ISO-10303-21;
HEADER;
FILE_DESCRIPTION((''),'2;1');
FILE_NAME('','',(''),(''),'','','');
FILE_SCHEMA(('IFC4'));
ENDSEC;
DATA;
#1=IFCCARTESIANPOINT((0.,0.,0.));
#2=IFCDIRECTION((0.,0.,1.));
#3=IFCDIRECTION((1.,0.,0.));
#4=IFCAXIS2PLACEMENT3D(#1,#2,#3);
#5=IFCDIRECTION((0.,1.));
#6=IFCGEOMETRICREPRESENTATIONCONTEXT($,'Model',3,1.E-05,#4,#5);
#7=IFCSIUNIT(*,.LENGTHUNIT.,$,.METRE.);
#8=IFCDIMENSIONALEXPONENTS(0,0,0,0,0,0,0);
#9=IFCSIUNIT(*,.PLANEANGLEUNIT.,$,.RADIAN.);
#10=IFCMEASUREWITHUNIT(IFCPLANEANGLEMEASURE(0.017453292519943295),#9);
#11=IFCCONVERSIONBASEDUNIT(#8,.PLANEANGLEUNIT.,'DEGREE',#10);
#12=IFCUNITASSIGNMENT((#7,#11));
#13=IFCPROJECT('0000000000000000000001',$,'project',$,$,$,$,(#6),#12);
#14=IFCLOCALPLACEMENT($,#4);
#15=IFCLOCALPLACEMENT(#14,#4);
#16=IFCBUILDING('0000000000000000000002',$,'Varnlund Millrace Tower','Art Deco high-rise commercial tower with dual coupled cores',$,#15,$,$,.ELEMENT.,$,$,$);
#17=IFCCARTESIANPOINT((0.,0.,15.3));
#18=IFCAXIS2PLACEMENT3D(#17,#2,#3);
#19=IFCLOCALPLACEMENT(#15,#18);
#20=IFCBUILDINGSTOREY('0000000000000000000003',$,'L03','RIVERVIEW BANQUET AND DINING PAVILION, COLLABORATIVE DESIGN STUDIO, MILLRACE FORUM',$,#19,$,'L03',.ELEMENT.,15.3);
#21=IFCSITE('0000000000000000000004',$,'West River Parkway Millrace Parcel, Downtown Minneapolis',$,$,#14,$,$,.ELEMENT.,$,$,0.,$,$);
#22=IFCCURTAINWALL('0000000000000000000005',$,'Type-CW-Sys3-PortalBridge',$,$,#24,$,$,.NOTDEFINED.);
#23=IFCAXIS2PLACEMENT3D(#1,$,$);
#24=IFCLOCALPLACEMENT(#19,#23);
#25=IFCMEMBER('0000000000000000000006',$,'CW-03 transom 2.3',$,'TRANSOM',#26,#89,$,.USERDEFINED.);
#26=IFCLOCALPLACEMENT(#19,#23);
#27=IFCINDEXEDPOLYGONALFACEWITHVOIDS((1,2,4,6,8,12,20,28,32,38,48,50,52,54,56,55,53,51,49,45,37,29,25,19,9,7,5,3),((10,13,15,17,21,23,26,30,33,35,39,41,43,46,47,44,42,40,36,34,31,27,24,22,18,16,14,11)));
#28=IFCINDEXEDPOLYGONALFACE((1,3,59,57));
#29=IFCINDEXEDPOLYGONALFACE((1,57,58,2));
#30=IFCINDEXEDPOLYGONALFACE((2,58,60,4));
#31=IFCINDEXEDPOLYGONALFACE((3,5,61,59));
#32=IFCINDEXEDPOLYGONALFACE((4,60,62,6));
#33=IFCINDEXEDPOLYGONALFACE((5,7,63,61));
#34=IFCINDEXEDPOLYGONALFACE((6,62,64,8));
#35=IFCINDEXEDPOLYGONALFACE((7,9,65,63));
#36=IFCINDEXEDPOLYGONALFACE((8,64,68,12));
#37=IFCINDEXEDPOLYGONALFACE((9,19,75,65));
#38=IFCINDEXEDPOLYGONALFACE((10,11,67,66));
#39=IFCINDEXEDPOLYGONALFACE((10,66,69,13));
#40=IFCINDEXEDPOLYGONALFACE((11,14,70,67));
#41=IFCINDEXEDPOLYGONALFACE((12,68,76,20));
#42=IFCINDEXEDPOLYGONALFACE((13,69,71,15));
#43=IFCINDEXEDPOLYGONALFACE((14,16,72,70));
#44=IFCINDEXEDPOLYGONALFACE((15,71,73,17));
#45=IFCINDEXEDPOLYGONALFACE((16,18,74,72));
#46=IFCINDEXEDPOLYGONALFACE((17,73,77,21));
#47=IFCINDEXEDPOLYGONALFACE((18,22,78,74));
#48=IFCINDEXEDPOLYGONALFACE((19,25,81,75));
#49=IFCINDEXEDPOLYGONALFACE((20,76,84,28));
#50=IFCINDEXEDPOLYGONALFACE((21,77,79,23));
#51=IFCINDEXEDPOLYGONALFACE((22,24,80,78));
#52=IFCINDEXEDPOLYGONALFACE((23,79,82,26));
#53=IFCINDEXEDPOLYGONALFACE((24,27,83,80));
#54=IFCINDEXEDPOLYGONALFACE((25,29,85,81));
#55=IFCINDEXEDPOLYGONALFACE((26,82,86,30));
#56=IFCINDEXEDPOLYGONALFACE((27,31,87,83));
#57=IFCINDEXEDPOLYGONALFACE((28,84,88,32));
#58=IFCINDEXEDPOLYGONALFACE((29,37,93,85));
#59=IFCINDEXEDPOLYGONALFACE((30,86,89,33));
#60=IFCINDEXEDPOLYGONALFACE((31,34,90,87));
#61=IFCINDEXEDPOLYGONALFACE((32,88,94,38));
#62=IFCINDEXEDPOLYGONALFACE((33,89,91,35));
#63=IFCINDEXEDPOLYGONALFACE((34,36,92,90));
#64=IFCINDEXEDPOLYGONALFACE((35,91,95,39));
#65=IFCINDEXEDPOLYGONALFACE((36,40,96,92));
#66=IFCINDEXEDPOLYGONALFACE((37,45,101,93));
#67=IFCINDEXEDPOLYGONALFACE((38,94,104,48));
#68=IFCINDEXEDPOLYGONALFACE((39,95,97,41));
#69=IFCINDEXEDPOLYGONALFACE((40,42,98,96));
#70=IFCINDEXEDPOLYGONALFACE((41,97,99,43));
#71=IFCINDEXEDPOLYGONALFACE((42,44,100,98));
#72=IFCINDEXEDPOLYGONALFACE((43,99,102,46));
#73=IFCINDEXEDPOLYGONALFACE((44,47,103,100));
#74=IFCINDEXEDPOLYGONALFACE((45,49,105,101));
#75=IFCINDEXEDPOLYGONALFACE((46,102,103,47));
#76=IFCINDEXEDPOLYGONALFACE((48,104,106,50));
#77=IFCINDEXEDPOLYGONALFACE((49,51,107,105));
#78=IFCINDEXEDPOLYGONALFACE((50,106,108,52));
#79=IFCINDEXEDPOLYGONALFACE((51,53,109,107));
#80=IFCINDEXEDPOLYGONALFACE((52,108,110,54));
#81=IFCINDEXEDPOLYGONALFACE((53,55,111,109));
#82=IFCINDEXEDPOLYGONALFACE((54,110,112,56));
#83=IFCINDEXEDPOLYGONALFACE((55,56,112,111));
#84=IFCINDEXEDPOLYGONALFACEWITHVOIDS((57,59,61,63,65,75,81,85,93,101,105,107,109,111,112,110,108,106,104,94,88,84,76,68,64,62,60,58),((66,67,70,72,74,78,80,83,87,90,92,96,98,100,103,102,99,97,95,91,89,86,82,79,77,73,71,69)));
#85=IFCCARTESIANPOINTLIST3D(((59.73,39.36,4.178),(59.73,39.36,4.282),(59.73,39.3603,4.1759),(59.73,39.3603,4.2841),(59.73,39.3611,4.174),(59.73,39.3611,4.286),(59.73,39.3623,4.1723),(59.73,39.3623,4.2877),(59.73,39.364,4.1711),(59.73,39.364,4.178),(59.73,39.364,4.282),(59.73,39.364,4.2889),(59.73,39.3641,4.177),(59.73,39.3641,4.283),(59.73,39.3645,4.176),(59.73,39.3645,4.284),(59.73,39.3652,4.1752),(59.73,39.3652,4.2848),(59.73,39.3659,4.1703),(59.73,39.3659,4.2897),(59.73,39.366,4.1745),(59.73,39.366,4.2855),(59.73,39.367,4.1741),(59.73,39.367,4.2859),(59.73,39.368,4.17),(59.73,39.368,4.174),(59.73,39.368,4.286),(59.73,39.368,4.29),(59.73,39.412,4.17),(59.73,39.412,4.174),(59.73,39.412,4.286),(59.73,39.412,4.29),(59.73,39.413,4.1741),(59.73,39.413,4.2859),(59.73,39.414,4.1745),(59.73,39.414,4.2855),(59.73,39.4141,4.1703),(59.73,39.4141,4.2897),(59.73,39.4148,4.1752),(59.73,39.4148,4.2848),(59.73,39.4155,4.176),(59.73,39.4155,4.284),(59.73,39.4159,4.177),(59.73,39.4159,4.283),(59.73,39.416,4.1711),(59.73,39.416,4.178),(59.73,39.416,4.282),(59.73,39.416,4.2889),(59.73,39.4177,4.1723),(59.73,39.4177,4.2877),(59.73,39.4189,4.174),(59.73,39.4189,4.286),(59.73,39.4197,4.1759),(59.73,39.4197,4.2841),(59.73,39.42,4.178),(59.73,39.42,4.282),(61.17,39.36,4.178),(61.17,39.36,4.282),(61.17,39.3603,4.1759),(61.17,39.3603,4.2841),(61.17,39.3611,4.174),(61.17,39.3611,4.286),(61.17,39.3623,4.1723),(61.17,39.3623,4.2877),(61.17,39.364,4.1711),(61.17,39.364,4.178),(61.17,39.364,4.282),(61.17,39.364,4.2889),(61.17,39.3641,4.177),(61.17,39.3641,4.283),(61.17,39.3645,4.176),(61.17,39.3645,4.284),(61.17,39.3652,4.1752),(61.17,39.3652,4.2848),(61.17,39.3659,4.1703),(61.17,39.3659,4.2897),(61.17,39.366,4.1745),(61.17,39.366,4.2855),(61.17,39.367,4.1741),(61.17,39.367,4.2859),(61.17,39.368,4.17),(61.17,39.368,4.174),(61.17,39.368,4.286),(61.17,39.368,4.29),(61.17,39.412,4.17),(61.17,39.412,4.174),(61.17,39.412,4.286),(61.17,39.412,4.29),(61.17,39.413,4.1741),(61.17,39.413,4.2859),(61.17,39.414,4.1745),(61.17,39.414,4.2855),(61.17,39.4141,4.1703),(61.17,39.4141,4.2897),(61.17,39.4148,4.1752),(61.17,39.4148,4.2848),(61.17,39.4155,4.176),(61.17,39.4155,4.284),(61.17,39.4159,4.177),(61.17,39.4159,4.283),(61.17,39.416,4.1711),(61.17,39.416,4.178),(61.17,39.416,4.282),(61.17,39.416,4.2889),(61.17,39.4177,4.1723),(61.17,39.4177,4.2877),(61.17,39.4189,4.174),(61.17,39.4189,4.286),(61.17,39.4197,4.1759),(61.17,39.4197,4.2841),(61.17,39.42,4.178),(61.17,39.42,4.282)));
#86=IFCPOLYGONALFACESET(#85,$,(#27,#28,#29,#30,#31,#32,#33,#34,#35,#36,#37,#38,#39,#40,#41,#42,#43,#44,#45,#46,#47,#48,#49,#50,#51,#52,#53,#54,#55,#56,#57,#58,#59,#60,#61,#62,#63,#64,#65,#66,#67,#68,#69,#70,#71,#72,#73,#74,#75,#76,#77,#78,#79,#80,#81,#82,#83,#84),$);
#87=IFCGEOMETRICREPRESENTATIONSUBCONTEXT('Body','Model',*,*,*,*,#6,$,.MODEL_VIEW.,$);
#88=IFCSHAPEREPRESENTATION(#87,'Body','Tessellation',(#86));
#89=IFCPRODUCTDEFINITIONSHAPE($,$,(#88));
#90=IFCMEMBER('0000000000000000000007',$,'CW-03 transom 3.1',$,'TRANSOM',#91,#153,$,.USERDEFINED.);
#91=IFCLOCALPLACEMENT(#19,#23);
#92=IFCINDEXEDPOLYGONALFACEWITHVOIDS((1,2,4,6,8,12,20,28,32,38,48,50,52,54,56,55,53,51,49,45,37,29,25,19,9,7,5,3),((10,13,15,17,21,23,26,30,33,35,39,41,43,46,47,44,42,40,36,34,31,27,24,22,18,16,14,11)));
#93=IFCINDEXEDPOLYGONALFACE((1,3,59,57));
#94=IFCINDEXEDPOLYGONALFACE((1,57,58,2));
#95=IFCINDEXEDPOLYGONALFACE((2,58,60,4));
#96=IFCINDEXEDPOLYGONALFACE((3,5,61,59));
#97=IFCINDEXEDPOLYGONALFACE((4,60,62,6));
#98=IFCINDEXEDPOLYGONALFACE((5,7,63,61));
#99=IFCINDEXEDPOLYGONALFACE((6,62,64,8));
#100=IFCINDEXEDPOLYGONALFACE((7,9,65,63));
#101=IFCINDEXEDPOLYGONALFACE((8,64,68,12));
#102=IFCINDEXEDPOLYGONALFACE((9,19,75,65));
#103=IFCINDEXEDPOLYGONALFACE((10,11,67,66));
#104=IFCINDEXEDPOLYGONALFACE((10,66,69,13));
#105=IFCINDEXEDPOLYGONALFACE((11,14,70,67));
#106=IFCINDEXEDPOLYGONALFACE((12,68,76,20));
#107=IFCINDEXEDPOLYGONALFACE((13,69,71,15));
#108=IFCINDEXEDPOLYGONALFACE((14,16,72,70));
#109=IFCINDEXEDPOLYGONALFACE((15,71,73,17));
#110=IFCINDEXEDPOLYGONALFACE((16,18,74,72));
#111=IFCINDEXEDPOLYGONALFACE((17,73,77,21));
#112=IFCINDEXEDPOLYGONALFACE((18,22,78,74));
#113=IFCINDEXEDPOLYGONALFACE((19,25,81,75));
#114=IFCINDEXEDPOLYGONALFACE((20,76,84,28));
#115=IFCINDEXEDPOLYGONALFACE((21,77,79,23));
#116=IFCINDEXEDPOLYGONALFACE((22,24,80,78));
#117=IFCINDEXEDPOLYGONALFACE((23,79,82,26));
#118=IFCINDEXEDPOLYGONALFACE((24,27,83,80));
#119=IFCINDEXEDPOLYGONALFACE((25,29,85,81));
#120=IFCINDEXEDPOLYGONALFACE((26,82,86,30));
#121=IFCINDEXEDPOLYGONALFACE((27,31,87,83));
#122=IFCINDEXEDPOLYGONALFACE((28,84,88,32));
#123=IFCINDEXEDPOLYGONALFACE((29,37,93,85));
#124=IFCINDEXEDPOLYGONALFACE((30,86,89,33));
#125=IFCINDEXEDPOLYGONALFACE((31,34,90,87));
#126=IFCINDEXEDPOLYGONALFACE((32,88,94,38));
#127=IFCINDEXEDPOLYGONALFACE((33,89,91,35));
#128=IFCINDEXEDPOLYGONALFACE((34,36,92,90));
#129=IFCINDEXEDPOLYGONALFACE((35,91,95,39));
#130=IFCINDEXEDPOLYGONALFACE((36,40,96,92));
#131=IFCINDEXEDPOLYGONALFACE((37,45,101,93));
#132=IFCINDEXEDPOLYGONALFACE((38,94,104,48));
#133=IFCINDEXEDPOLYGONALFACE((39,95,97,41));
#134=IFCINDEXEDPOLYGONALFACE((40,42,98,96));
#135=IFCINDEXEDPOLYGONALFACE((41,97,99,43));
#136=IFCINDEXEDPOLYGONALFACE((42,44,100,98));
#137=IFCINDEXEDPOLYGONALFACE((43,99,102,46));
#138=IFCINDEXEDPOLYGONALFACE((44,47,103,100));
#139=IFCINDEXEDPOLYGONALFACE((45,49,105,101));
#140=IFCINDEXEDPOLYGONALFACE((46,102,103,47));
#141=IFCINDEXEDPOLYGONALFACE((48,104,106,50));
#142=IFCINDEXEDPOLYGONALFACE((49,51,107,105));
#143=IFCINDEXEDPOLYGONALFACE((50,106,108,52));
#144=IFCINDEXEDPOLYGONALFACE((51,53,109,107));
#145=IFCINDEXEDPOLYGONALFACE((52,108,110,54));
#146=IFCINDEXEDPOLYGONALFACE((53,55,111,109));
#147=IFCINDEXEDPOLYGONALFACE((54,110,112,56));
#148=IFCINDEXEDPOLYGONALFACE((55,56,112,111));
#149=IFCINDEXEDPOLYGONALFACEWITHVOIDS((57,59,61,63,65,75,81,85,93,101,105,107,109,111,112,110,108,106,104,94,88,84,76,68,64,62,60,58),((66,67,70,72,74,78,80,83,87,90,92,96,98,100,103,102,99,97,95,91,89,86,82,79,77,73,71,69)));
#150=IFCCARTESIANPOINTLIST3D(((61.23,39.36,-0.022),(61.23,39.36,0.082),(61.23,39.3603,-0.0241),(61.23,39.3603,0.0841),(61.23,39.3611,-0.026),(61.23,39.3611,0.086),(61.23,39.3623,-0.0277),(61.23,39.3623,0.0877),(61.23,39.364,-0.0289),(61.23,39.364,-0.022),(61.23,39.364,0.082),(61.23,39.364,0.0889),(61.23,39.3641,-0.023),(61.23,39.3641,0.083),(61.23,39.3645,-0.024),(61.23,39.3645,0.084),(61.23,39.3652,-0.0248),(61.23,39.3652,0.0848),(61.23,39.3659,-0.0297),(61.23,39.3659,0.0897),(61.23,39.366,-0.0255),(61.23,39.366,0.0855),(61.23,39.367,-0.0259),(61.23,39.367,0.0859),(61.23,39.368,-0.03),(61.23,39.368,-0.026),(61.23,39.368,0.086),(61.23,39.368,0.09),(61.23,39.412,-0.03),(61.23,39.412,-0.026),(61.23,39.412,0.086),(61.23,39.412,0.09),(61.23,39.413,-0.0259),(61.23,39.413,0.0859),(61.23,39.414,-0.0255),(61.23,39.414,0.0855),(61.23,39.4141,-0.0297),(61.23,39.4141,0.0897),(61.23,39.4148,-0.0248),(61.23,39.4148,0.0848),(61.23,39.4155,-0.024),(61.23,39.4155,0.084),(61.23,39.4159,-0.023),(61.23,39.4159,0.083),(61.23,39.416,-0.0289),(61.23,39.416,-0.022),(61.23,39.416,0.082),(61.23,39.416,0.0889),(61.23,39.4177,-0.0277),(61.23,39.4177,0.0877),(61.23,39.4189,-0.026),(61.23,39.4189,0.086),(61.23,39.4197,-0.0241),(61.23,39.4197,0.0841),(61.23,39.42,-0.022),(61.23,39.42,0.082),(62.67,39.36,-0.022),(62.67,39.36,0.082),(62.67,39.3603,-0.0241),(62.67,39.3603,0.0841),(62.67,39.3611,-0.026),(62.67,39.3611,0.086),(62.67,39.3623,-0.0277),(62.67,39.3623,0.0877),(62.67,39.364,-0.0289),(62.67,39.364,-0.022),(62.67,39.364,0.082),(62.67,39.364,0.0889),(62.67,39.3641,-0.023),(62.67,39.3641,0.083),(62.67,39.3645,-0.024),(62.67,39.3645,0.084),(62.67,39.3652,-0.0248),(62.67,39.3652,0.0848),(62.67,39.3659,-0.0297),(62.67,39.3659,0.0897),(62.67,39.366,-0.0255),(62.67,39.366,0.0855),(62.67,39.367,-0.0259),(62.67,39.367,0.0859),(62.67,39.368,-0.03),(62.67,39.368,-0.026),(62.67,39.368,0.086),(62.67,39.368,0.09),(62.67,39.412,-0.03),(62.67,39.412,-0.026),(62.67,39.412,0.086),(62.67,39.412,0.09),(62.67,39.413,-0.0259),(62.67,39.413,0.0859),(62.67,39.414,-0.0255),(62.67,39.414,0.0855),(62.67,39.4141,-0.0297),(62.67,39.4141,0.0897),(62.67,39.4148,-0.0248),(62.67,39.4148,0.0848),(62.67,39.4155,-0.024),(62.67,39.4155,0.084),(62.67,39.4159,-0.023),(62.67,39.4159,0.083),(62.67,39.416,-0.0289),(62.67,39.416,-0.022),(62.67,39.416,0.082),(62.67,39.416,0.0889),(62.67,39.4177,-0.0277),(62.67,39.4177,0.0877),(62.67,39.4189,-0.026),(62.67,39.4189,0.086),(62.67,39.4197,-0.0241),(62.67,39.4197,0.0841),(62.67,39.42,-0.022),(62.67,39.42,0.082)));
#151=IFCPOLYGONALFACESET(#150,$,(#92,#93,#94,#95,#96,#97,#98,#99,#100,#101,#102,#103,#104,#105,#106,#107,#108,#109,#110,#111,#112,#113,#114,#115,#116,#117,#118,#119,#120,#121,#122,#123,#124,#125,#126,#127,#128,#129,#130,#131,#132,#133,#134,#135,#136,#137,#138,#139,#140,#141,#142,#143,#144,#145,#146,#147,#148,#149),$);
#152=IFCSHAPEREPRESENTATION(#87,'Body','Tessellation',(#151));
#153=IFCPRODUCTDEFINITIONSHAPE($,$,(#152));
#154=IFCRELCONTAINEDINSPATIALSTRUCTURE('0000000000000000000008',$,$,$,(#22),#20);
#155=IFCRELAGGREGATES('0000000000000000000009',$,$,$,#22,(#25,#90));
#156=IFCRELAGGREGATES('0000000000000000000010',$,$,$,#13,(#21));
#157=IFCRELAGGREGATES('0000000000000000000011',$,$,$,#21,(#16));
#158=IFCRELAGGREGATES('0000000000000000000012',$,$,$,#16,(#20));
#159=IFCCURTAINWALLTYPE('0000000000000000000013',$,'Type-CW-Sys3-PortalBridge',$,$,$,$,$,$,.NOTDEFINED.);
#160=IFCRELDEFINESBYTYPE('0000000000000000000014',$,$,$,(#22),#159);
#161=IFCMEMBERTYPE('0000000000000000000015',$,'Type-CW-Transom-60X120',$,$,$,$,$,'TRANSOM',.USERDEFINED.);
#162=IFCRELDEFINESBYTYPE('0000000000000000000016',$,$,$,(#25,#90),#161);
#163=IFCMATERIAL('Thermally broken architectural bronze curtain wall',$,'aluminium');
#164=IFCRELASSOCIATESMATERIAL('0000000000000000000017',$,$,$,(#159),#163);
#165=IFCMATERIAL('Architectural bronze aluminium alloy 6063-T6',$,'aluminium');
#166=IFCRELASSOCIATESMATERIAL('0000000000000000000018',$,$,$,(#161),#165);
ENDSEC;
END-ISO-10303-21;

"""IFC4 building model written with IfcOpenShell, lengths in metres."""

from ifc_helpers import new_model, entity, si_unit, converted_unit, direction, frame, origin_with_axes, origin_2d_with_axis, place, context, subcontext, project, spatial, hollow_rectangle, extrude, material, material_profile, profile_set, type_object, element, aggregate, save


model = new_model("IFC4")

# Units and contexts
model_context = context("Model", 3, precision=1e-05, world=origin_with_axes(), true_north=direction((0.0, 1.0)))
body_context = subcontext(model_context, "Body", "Model", "MODEL_VIEW")
ifc_project = project(units=[si_unit("LENGTHUNIT", "METRE"), converted_unit("PLANEANGLEUNIT", "DEGREE", entity("IfcPlaneAngleMeasure", 0.017453292519943295), si_unit("PLANEANGLEUNIT", "RADIAN"), dimensions=[0, 0, 0, 0, 0, 0, 0])], contexts=[model_context])

# Site, building, storey
site_placement = place(None, origin_with_axes())
site = spatial("IfcSite", under=ifc_project, at=site_placement, Name="West River Parkway Millrace Parcel, Downtown Minneapolis", CompositionType="ELEMENT", RefElevation=0.0)
building_placement = place(site_placement, origin_with_axes())
building = spatial("IfcBuilding", under=site, at=building_placement, Name="Varnlund Millrace Tower", Description="Art Deco high-rise commercial tower with dual coupled cores", CompositionType="ELEMENT")
storey_placement = place(building_placement, frame((0.0, 0.0, 15.3), z_axis=(0.0, 0.0, 1.0), x_axis=(1.0, 0.0, 0.0)))
storey = spatial("IfcBuildingStorey", under=building, at=storey_placement, Name="L03", Description="RIVERVIEW BANQUET AND DINING PAVILION, COLLABORATIVE DESIGN STUDIO, MILLRACE FORUM", LongName="L03", CompositionType="ELEMENT", Elevation=15.3)

# Curtain wall, members
ifc_material_1 = material(Name="Thermally broken architectural bronze curtain wall", Category="aluminium")
curtain_wall_type = type_object("IfcCurtainWallType", Name="Type-CW-Sys3-PortalBridge", PredefinedType="NOTDEFINED", material=ifc_material_1)
curtain_wall_placement = place(storey_placement, frame((58.2, 39.39, 0.0), z_axis=(0.0, 0.0, 1.0), x_axis=(1.0, 0.0, 0.0)))
curtain_wall = element("IfcCurtainWall", 1, at=curtain_wall_placement, inside=storey, type_object=curtain_wall_type, Name="Type-CW-Sys3-PortalBridge", PredefinedType="NOTDEFINED")
ifc_material_2 = material(Name="Architectural bronze aluminium alloy 6063-T6", Category="aluminium")
ifc_material_profile_1 = material_profile(ifc_material_2, hollow_rectangle(XDim=0.06, YDim=0.12, WallThickness=0.004, InnerFilletRadius=0.004, OuterFilletRadius=0.008, at=origin_2d_with_axis()), Name="Architectural bronze aluminium alloy 6063-T6")
ifc_profile_set_1 = profile_set([ifc_material_profile_1], Name="Architectural bronze aluminium alloy 6063-T6")
member_type_1 = type_object("IfcMemberType", Name="Type-CW-Transom-60X120", ElementType="TRANSOM", PredefinedType="USERDEFINED", material=ifc_profile_set_1)
member_1_placement = place(storey_placement, frame((59.73, 39.39, 4.23), z_axis=(1.0, 0.0, 0.0), x_axis=(0.0, 1.0, 0.0)))
member_1 = element("IfcMember", 2, at=member_1_placement, type_object=member_type_1, Name="CW-03 transom 2.3", ObjectType="TRANSOM", PredefinedType="USERDEFINED", context=body_context, shape_type="SweptSolid", body=[
    extrude(hollow_rectangle(XDim=0.06, YDim=0.12, WallThickness=0.004, InnerFilletRadius=0.004, OuterFilletRadius=0.008, at=origin_2d_with_axis()), origin_with_axes(), (0.0, 0.0, 1.0), 1.44),
])
member_2_placement = place(storey_placement, frame((61.23, 39.39, 0.03), z_axis=(1.0, 0.0, 0.0), x_axis=(0.0, 1.0, 0.0)))
member_2 = element("IfcMember", 3, at=member_2_placement, type_object=member_type_1, Name="CW-03 transom 3.1", ObjectType="TRANSOM", PredefinedType="USERDEFINED", context=body_context, shape_type="SweptSolid", body=[
    extrude(hollow_rectangle(XDim=0.06, YDim=0.12, WallThickness=0.004, InnerFilletRadius=0.004, OuterFilletRadius=0.008, at=origin_2d_with_axis()), origin_with_axes(), (0.0, 0.0, 1.0), 1.44),
])

aggregate(curtain_wall, [member_1, member_2])

save(model, "model.ifc")
